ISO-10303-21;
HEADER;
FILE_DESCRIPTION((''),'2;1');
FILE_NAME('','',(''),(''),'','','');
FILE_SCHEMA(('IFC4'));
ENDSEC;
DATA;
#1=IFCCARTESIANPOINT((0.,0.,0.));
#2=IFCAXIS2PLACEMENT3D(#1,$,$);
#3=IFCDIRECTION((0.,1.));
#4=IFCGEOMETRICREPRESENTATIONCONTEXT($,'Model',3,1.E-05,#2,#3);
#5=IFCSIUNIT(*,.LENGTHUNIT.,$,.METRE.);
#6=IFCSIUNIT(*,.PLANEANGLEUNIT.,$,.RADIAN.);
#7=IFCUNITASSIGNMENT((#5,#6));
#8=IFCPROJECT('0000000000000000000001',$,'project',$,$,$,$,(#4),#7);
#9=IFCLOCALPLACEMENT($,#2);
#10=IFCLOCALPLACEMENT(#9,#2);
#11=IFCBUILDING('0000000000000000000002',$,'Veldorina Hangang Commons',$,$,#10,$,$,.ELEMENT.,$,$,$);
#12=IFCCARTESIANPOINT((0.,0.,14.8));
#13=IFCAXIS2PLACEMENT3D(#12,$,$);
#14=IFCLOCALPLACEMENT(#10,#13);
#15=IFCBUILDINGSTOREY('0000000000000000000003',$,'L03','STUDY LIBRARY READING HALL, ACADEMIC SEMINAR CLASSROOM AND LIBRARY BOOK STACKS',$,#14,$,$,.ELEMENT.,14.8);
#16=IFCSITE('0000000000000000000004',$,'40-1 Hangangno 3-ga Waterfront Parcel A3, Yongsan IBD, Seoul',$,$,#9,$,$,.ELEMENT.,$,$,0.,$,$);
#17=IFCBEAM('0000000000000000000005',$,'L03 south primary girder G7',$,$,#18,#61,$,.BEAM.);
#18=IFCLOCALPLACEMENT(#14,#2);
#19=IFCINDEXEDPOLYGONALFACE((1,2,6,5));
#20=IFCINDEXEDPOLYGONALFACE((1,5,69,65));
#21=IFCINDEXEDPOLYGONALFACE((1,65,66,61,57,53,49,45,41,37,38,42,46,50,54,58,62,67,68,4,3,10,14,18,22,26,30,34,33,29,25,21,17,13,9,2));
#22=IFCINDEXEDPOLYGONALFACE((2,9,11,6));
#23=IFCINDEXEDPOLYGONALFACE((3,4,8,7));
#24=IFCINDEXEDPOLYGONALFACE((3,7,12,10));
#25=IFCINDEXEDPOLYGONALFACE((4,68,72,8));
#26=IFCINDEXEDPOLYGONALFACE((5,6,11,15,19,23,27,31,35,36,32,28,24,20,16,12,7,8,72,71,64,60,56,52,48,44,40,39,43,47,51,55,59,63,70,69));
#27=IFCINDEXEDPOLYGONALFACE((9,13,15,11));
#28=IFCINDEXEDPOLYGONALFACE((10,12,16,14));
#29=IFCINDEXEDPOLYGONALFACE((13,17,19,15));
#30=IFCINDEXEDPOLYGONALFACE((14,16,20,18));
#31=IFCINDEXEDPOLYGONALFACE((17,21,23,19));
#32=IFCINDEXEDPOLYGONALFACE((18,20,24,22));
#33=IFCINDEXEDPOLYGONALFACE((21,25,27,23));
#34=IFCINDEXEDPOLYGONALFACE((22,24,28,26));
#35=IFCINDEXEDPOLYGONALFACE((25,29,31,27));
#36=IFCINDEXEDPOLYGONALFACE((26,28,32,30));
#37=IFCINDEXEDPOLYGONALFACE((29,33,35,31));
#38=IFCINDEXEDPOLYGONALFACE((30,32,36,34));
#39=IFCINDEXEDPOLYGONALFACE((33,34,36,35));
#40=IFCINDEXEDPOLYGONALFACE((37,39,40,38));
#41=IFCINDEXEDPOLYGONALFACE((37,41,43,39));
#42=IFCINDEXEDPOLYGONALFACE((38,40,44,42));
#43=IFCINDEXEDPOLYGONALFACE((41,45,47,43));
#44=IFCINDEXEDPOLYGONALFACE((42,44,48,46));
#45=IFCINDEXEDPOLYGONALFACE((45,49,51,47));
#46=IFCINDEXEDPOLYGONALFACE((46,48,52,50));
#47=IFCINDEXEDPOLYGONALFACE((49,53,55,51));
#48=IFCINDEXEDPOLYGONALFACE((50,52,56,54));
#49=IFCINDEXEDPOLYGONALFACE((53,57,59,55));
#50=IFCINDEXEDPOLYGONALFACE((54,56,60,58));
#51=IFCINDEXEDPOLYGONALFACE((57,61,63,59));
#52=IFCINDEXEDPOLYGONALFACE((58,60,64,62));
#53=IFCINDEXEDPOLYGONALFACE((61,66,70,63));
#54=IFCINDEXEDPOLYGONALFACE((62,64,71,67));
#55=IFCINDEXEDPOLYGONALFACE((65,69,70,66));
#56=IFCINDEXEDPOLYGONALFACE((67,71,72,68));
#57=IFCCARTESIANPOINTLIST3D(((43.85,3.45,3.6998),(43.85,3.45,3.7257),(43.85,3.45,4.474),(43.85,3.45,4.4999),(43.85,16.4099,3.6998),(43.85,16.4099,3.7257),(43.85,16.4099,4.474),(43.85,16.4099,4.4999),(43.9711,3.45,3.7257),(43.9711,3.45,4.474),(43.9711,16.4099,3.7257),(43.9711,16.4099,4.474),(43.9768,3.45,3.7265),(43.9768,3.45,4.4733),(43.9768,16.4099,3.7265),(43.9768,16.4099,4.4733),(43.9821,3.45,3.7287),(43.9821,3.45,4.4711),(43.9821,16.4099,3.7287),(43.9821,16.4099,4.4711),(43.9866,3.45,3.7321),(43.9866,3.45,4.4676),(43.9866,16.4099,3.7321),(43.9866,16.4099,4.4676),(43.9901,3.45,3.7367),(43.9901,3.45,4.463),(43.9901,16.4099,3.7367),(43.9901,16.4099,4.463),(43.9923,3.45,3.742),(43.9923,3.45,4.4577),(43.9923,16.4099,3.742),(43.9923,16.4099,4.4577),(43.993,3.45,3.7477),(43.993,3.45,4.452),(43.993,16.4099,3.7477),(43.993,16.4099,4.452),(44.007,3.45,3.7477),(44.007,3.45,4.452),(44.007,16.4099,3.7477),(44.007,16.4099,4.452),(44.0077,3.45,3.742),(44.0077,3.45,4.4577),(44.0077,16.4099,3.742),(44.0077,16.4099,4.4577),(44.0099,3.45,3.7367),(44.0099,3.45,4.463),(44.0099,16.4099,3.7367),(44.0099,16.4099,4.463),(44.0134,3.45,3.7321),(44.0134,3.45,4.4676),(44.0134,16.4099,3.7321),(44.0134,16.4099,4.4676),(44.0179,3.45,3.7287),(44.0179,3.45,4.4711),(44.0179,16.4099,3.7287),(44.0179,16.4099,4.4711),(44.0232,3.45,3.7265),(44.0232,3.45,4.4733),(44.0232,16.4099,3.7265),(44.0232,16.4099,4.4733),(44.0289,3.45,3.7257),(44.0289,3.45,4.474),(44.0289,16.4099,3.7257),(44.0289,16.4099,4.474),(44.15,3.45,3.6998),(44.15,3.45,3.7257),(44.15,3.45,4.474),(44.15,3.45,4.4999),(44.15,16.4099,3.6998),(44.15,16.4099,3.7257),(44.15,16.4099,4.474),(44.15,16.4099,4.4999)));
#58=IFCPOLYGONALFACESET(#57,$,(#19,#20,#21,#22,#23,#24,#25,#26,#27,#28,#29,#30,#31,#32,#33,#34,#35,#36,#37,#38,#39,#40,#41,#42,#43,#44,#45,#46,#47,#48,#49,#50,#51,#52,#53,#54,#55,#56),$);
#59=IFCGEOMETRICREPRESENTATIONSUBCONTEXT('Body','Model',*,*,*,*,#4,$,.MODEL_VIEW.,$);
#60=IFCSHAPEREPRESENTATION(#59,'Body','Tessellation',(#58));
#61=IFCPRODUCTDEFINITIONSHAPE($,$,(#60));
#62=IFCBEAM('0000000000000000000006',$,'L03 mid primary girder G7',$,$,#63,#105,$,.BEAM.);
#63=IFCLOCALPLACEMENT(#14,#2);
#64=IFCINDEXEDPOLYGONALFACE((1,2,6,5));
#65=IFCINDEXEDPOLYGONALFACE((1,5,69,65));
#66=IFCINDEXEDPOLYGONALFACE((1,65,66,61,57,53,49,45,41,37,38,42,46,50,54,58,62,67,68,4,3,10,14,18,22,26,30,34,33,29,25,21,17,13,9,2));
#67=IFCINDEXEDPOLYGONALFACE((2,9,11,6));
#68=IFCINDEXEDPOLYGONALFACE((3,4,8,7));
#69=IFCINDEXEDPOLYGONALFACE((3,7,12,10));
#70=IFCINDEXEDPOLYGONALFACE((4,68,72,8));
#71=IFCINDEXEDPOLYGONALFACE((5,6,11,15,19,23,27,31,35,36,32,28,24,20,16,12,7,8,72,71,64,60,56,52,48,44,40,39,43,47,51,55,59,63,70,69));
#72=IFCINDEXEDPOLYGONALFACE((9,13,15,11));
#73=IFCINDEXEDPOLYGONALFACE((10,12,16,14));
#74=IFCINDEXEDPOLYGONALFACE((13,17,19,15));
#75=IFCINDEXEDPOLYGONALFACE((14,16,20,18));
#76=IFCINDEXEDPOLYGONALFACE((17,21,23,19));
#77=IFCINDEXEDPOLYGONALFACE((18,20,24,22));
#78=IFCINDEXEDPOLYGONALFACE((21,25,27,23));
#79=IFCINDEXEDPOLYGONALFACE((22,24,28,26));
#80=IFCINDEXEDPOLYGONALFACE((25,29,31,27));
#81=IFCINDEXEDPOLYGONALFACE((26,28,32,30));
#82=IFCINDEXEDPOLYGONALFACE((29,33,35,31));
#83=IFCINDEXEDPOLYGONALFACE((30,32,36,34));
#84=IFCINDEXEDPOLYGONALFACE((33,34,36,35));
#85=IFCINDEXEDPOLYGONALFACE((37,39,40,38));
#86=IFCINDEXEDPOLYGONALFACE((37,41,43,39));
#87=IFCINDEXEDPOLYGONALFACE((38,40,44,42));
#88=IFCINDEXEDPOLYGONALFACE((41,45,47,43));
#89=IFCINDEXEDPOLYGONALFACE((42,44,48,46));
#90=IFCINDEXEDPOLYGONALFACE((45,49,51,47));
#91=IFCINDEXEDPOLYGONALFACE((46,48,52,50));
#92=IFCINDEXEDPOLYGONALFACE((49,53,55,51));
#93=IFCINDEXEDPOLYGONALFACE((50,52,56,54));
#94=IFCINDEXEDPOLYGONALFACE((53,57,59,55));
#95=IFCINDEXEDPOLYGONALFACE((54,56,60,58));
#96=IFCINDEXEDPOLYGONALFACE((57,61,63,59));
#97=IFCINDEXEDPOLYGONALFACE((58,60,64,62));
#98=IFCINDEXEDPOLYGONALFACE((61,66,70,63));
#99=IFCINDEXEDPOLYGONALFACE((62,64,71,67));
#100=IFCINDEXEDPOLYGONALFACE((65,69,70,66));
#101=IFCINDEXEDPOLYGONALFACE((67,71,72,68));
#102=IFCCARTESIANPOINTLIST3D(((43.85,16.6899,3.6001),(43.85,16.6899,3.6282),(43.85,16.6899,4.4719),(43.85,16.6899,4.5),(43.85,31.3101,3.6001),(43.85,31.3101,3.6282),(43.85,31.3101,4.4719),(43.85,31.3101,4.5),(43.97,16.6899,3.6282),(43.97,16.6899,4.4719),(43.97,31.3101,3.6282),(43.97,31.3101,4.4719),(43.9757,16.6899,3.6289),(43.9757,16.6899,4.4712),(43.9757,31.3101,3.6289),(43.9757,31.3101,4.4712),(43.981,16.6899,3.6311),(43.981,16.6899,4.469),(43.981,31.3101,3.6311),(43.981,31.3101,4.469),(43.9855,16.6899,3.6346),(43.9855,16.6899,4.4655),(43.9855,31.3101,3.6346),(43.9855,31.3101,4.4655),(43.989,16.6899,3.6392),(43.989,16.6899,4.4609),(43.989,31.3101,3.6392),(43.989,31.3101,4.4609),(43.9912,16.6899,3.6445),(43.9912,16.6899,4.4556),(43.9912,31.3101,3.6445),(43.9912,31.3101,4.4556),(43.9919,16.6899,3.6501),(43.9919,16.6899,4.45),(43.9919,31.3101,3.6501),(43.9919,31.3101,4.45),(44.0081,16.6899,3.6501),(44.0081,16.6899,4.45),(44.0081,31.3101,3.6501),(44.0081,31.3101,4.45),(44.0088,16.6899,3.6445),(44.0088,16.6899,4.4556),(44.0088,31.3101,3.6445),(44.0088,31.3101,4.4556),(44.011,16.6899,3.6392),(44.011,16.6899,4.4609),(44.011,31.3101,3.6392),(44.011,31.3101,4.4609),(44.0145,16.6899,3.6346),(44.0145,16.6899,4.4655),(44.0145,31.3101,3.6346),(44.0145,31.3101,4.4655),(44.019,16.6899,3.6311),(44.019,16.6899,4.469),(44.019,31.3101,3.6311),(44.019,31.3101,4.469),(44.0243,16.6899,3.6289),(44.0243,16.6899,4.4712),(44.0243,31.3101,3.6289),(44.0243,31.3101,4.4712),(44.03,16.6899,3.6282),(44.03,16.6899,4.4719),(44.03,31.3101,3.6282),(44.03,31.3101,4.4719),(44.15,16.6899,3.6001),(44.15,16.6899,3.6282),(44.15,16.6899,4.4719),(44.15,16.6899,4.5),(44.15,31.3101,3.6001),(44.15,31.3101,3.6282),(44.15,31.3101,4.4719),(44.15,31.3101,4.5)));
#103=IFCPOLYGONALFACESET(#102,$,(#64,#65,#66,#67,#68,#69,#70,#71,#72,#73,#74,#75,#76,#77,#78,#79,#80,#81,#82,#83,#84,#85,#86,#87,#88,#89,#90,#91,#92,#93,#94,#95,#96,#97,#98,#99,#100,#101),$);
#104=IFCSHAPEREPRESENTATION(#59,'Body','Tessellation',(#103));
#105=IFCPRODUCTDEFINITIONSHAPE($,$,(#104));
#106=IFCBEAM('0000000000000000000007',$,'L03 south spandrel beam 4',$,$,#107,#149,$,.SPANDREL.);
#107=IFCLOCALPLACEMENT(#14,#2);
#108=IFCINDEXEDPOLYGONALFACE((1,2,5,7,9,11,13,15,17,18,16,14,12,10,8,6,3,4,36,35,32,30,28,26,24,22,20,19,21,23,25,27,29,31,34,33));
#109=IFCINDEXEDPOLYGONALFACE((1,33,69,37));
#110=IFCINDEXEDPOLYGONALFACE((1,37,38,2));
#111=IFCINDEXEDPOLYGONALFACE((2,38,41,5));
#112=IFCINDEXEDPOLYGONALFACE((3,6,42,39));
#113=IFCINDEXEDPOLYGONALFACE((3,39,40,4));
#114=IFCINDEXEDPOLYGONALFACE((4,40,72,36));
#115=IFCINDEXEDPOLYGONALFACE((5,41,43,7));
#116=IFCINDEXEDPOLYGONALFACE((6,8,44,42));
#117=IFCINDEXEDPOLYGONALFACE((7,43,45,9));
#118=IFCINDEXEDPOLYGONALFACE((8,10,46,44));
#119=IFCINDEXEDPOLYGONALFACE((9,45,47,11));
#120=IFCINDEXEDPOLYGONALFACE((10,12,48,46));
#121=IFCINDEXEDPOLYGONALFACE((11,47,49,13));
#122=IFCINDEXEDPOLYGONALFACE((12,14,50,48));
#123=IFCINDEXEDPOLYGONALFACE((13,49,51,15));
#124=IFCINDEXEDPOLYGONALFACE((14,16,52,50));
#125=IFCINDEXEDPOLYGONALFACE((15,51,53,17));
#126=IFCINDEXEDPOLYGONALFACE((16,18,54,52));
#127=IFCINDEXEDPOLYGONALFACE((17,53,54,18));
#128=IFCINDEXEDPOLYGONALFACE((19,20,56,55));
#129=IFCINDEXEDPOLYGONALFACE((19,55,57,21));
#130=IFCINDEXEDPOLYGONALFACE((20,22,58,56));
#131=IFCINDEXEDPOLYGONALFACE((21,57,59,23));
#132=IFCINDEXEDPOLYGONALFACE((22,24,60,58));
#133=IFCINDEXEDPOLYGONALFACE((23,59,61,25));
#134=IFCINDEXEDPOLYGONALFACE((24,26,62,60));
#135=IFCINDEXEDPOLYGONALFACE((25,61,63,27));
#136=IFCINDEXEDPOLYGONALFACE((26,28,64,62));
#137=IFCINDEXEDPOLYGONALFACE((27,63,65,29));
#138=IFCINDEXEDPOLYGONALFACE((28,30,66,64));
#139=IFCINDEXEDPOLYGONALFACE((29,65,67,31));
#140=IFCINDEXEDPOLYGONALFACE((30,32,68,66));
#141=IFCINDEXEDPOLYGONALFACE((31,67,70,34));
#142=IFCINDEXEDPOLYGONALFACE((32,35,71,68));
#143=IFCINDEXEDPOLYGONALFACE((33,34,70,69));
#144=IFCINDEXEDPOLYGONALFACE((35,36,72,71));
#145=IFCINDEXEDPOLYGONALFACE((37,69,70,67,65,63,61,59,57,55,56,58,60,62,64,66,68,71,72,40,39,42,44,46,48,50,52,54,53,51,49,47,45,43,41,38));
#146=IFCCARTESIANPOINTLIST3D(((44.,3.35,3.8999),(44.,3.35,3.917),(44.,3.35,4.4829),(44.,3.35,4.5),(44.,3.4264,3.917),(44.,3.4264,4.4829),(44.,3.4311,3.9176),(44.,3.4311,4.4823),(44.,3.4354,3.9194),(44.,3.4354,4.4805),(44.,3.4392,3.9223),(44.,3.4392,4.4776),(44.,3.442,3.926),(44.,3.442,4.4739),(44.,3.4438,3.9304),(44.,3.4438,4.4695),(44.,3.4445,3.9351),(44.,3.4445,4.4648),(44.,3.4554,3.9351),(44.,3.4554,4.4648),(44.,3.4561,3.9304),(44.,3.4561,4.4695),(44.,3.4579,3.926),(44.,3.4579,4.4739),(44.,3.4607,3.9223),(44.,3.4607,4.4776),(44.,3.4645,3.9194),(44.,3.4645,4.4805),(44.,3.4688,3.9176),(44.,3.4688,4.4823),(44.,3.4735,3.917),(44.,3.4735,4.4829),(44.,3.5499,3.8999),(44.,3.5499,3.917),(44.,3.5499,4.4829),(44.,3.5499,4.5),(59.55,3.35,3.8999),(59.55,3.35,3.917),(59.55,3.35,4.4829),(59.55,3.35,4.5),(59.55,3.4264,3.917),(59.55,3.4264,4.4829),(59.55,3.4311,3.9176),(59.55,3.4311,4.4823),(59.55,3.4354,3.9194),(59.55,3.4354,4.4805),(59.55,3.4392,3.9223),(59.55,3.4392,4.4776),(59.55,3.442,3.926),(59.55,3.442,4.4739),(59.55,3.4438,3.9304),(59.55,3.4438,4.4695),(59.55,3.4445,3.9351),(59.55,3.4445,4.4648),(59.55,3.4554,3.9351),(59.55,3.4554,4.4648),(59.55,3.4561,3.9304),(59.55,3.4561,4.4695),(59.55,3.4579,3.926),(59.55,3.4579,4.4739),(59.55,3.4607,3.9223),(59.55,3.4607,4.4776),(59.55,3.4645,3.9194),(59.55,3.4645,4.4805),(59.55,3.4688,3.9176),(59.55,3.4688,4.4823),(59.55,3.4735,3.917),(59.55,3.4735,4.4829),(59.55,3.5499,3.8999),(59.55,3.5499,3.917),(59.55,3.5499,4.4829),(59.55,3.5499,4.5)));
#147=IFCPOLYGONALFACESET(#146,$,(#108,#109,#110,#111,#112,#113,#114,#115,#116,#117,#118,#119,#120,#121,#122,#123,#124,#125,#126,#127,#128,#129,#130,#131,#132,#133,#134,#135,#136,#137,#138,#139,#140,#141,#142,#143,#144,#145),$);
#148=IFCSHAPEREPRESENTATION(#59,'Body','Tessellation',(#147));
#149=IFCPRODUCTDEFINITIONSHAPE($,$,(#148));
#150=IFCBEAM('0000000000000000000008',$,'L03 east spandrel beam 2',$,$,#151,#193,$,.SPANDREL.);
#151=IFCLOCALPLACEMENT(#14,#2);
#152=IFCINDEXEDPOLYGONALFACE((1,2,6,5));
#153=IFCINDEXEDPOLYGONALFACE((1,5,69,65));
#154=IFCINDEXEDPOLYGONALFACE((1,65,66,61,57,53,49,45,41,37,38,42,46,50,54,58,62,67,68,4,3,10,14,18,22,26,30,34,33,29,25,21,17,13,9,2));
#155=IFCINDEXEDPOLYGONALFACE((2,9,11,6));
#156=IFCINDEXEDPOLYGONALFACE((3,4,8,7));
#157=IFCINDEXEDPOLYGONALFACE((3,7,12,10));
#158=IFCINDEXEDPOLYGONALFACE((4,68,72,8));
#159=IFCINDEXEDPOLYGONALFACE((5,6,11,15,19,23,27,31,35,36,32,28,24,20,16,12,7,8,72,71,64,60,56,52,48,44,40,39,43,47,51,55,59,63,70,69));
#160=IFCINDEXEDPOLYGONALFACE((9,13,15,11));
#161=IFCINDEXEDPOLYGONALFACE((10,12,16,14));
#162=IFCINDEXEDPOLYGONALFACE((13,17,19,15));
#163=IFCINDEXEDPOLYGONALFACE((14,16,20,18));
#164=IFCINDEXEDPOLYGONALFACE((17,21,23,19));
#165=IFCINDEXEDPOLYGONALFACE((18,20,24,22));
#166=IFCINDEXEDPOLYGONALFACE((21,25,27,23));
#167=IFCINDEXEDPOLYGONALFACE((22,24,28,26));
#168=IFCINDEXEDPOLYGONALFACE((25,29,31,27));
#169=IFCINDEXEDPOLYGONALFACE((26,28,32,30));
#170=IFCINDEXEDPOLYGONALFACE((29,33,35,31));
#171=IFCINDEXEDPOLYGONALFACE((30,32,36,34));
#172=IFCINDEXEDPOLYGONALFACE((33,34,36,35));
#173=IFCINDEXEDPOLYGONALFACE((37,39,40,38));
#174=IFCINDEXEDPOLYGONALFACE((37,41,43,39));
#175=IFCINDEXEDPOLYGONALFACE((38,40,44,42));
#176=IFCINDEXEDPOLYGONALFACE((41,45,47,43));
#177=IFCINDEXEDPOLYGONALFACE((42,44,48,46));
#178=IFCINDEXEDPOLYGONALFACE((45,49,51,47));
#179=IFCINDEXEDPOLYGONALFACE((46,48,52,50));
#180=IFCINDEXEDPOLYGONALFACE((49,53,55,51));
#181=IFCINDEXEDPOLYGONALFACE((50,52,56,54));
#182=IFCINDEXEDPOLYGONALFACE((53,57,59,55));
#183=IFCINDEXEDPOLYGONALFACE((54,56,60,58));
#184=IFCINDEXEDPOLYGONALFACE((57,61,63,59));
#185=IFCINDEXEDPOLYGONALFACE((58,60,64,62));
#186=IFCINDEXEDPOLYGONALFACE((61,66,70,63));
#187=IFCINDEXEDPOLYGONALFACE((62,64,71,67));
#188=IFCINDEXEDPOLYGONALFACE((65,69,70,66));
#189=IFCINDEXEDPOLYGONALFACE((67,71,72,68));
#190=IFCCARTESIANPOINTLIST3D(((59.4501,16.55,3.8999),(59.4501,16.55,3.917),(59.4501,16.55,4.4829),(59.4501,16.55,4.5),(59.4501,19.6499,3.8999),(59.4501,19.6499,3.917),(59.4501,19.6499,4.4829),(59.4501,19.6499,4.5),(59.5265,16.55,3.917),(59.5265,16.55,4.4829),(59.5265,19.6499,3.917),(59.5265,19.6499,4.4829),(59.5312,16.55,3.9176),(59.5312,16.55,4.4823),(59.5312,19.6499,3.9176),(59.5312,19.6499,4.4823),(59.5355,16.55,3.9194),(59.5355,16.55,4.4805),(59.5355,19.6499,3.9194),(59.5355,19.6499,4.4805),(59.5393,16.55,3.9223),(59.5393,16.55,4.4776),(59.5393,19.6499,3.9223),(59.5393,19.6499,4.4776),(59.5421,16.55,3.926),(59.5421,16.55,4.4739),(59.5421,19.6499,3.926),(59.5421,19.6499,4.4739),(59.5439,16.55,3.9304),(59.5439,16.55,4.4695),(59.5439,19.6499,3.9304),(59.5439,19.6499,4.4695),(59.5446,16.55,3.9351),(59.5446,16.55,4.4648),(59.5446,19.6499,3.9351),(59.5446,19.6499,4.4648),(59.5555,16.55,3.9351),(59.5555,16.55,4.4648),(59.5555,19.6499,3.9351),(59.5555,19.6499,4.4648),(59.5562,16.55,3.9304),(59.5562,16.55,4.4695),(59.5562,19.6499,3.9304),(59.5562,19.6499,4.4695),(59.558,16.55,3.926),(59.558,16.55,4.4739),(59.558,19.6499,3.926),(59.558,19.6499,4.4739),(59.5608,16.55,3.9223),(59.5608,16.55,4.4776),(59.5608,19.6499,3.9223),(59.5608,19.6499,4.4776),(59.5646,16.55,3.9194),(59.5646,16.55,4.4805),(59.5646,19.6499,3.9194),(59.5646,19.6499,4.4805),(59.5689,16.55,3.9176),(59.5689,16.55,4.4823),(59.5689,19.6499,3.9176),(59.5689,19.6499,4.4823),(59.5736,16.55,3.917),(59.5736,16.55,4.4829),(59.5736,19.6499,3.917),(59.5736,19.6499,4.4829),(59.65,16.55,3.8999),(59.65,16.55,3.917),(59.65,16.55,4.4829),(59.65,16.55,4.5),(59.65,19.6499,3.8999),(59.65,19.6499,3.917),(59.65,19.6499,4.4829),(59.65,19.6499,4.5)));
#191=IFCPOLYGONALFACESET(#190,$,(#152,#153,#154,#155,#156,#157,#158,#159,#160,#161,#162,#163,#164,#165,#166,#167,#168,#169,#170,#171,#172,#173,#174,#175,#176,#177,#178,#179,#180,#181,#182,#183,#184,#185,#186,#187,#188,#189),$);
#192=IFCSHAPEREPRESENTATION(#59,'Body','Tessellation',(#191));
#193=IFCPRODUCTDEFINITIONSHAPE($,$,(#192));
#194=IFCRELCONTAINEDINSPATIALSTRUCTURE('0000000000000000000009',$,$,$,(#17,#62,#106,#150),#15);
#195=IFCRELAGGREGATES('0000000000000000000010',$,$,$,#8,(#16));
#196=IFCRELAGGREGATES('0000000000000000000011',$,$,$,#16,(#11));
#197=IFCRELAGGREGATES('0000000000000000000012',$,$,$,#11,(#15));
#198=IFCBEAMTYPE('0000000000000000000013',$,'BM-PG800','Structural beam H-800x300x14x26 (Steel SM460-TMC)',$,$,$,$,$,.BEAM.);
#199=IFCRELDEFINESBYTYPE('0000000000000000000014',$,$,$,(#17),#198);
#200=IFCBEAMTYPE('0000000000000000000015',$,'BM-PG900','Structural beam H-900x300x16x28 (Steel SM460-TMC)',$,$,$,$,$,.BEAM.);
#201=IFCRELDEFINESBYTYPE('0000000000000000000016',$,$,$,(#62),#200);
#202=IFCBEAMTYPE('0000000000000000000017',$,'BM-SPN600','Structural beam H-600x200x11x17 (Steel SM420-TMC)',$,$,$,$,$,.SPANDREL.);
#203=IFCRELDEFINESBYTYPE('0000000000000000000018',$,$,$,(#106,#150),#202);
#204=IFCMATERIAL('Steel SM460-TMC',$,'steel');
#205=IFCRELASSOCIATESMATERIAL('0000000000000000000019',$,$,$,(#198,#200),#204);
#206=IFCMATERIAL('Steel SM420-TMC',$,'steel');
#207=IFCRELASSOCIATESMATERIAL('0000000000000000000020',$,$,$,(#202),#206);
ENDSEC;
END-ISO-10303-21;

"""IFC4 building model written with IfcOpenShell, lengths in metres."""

from ifc_helpers import new_model, si_unit, direction, frame, origin, origin_2d, place, context, subcontext, project, spatial, i_section, extrude, material, material_profile, profile_set, type_object, element, save


model = new_model("IFC4")

# Units and contexts
model_context = context("Model", 3, precision=1e-05, world=origin(), true_north=direction((0.0, 1.0)))
body_context = subcontext(model_context, "Body", "Model", "MODEL_VIEW")
ifc_project = project(units=[si_unit("LENGTHUNIT", "METRE"), si_unit("PLANEANGLEUNIT", "RADIAN")], contexts=[model_context])

# Site, building, storey
site_placement = place(None, origin())
site = spatial("IfcSite", under=ifc_project, at=site_placement, Name="40-1 Hangangno 3-ga Waterfront Parcel A3, Yongsan IBD, Seoul", CompositionType="ELEMENT", RefElevation=0.0)
building_placement = place(site_placement, origin())
building = spatial("IfcBuilding", under=site, at=building_placement, Name="Veldorina Hangang Commons", CompositionType="ELEMENT")
storey_placement = place(building_placement, frame((0.0, 0.0, 14.8)))
storey = spatial("IfcBuildingStorey", under=building, at=storey_placement, Name="L03", Description="STUDY LIBRARY READING HALL, ACADEMIC SEMINAR CLASSROOM AND LIBRARY BOOK STACKS", CompositionType="ELEMENT", Elevation=14.8)

# Shared definitions
ifc_material_1 = material(Name="Steel SM420-TMC", Category="steel")

# Beams
ifc_material_2 = material(Name="Steel SM460-TMC", Category="steel")
ifc_material_profile_1 = material_profile(ifc_material_2, i_section(OverallWidth=0.3, OverallDepth=0.8, WebThickness=0.0139, FlangeThickness=0.0259, FilletRadius=0.022, at=origin_2d()), Name="H-800x300x14x26")
ifc_profile_set_1 = profile_set([ifc_material_profile_1], Name="Steel SM460-TMC")
beam_type_1 = type_object("IfcBeamType", Name="BM-PG800", Description="Structural beam H-800x300x14x26 (Steel SM460-TMC)", PredefinedType="BEAM", material=ifc_profile_set_1)
beam_1_placement = place(storey_placement, frame((44.0, 3.45, 4.0999), z_axis=(0.0, 1.0, 0.0), x_axis=(-1.0, 0.0, 0.0)))
element("IfcBeam", 1, at=beam_1_placement, inside=storey, type_object=beam_type_1, Name="L03 south primary girder G7", PredefinedType="BEAM", context=body_context, shape_type="SweptSolid", body=[
    extrude(i_section(OverallWidth=0.3, OverallDepth=0.8, WebThickness=0.0139, FlangeThickness=0.0259, FilletRadius=0.022, at=origin_2d()), origin(), (0.0, 0.0, 1.0), 12.96),
])
ifc_material_profile_2 = material_profile(ifc_material_2, i_section(OverallWidth=0.3, OverallDepth=0.8999, WebThickness=0.0161, FlangeThickness=0.0281, FilletRadius=0.022, at=origin_2d()), Name="H-900x300x16x28")
ifc_profile_set_2 = profile_set([ifc_material_profile_2], Name="Steel SM460-TMC")
beam_type_2 = type_object("IfcBeamType", Name="BM-PG900", Description="Structural beam H-900x300x16x28 (Steel SM460-TMC)", PredefinedType="BEAM", material=ifc_profile_set_2)
beam_2_placement = place(storey_placement, frame((44.0, 16.6899, 4.05), z_axis=(0.0, 1.0, 0.0), x_axis=(-1.0, 0.0, 0.0)))
element("IfcBeam", 2, at=beam_2_placement, inside=storey, type_object=beam_type_2, Name="L03 mid primary girder G7", PredefinedType="BEAM", context=body_context, shape_type="SweptSolid", body=[
    extrude(i_section(OverallWidth=0.3, OverallDepth=0.8999, WebThickness=0.0161, FlangeThickness=0.0281, FilletRadius=0.022, at=origin_2d()), origin(), (0.0, 0.0, 1.0), 14.6201),
])
ifc_material_profile_3 = material_profile(ifc_material_1, i_section(OverallWidth=0.2, OverallDepth=0.6001, WebThickness=0.011, FlangeThickness=0.0171, FilletRadius=0.0181, at=origin_2d()), Name="H-600x200x11x17")
ifc_profile_set_3 = profile_set([ifc_material_profile_3], Name="Steel SM420-TMC")
beam_type_3 = type_object("IfcBeamType", Name="BM-SPN600", Description="Structural beam H-600x200x11x17 (Steel SM420-TMC)", PredefinedType="SPANDREL", material=ifc_profile_set_3)
beam_3_placement = place(storey_placement, frame((44.0, 3.45, 4.2), z_axis=(1.0, 0.0, 0.0), x_axis=(0.0, 1.0, 0.0)))
element("IfcBeam", 3, at=beam_3_placement, inside=storey, type_object=beam_type_3, Name="L03 south spandrel beam 4", PredefinedType="SPANDREL", context=body_context, shape_type="SweptSolid", body=[
    extrude(i_section(OverallWidth=0.2, OverallDepth=0.6001, WebThickness=0.011, FlangeThickness=0.0171, FilletRadius=0.0181, at=origin_2d()), origin(), (0.0, 0.0, 1.0), 15.55),
])
beam_4_placement = place(storey_placement, frame((59.55, 16.55, 4.2), z_axis=(0.0, 1.0, 0.0), x_axis=(-1.0, 0.0, 0.0)))
element("IfcBeam", 4, at=beam_4_placement, inside=storey, type_object=beam_type_3, Name="L03 east spandrel beam 2", PredefinedType="SPANDREL", context=body_context, shape_type="SweptSolid", body=[
    extrude(i_section(OverallWidth=0.2, OverallDepth=0.6001, WebThickness=0.011, FlangeThickness=0.0171, FilletRadius=0.0181, at=origin_2d()), origin(), (0.0, 0.0, 1.0), 3.0999),
])

save(model, "model.ifc")
